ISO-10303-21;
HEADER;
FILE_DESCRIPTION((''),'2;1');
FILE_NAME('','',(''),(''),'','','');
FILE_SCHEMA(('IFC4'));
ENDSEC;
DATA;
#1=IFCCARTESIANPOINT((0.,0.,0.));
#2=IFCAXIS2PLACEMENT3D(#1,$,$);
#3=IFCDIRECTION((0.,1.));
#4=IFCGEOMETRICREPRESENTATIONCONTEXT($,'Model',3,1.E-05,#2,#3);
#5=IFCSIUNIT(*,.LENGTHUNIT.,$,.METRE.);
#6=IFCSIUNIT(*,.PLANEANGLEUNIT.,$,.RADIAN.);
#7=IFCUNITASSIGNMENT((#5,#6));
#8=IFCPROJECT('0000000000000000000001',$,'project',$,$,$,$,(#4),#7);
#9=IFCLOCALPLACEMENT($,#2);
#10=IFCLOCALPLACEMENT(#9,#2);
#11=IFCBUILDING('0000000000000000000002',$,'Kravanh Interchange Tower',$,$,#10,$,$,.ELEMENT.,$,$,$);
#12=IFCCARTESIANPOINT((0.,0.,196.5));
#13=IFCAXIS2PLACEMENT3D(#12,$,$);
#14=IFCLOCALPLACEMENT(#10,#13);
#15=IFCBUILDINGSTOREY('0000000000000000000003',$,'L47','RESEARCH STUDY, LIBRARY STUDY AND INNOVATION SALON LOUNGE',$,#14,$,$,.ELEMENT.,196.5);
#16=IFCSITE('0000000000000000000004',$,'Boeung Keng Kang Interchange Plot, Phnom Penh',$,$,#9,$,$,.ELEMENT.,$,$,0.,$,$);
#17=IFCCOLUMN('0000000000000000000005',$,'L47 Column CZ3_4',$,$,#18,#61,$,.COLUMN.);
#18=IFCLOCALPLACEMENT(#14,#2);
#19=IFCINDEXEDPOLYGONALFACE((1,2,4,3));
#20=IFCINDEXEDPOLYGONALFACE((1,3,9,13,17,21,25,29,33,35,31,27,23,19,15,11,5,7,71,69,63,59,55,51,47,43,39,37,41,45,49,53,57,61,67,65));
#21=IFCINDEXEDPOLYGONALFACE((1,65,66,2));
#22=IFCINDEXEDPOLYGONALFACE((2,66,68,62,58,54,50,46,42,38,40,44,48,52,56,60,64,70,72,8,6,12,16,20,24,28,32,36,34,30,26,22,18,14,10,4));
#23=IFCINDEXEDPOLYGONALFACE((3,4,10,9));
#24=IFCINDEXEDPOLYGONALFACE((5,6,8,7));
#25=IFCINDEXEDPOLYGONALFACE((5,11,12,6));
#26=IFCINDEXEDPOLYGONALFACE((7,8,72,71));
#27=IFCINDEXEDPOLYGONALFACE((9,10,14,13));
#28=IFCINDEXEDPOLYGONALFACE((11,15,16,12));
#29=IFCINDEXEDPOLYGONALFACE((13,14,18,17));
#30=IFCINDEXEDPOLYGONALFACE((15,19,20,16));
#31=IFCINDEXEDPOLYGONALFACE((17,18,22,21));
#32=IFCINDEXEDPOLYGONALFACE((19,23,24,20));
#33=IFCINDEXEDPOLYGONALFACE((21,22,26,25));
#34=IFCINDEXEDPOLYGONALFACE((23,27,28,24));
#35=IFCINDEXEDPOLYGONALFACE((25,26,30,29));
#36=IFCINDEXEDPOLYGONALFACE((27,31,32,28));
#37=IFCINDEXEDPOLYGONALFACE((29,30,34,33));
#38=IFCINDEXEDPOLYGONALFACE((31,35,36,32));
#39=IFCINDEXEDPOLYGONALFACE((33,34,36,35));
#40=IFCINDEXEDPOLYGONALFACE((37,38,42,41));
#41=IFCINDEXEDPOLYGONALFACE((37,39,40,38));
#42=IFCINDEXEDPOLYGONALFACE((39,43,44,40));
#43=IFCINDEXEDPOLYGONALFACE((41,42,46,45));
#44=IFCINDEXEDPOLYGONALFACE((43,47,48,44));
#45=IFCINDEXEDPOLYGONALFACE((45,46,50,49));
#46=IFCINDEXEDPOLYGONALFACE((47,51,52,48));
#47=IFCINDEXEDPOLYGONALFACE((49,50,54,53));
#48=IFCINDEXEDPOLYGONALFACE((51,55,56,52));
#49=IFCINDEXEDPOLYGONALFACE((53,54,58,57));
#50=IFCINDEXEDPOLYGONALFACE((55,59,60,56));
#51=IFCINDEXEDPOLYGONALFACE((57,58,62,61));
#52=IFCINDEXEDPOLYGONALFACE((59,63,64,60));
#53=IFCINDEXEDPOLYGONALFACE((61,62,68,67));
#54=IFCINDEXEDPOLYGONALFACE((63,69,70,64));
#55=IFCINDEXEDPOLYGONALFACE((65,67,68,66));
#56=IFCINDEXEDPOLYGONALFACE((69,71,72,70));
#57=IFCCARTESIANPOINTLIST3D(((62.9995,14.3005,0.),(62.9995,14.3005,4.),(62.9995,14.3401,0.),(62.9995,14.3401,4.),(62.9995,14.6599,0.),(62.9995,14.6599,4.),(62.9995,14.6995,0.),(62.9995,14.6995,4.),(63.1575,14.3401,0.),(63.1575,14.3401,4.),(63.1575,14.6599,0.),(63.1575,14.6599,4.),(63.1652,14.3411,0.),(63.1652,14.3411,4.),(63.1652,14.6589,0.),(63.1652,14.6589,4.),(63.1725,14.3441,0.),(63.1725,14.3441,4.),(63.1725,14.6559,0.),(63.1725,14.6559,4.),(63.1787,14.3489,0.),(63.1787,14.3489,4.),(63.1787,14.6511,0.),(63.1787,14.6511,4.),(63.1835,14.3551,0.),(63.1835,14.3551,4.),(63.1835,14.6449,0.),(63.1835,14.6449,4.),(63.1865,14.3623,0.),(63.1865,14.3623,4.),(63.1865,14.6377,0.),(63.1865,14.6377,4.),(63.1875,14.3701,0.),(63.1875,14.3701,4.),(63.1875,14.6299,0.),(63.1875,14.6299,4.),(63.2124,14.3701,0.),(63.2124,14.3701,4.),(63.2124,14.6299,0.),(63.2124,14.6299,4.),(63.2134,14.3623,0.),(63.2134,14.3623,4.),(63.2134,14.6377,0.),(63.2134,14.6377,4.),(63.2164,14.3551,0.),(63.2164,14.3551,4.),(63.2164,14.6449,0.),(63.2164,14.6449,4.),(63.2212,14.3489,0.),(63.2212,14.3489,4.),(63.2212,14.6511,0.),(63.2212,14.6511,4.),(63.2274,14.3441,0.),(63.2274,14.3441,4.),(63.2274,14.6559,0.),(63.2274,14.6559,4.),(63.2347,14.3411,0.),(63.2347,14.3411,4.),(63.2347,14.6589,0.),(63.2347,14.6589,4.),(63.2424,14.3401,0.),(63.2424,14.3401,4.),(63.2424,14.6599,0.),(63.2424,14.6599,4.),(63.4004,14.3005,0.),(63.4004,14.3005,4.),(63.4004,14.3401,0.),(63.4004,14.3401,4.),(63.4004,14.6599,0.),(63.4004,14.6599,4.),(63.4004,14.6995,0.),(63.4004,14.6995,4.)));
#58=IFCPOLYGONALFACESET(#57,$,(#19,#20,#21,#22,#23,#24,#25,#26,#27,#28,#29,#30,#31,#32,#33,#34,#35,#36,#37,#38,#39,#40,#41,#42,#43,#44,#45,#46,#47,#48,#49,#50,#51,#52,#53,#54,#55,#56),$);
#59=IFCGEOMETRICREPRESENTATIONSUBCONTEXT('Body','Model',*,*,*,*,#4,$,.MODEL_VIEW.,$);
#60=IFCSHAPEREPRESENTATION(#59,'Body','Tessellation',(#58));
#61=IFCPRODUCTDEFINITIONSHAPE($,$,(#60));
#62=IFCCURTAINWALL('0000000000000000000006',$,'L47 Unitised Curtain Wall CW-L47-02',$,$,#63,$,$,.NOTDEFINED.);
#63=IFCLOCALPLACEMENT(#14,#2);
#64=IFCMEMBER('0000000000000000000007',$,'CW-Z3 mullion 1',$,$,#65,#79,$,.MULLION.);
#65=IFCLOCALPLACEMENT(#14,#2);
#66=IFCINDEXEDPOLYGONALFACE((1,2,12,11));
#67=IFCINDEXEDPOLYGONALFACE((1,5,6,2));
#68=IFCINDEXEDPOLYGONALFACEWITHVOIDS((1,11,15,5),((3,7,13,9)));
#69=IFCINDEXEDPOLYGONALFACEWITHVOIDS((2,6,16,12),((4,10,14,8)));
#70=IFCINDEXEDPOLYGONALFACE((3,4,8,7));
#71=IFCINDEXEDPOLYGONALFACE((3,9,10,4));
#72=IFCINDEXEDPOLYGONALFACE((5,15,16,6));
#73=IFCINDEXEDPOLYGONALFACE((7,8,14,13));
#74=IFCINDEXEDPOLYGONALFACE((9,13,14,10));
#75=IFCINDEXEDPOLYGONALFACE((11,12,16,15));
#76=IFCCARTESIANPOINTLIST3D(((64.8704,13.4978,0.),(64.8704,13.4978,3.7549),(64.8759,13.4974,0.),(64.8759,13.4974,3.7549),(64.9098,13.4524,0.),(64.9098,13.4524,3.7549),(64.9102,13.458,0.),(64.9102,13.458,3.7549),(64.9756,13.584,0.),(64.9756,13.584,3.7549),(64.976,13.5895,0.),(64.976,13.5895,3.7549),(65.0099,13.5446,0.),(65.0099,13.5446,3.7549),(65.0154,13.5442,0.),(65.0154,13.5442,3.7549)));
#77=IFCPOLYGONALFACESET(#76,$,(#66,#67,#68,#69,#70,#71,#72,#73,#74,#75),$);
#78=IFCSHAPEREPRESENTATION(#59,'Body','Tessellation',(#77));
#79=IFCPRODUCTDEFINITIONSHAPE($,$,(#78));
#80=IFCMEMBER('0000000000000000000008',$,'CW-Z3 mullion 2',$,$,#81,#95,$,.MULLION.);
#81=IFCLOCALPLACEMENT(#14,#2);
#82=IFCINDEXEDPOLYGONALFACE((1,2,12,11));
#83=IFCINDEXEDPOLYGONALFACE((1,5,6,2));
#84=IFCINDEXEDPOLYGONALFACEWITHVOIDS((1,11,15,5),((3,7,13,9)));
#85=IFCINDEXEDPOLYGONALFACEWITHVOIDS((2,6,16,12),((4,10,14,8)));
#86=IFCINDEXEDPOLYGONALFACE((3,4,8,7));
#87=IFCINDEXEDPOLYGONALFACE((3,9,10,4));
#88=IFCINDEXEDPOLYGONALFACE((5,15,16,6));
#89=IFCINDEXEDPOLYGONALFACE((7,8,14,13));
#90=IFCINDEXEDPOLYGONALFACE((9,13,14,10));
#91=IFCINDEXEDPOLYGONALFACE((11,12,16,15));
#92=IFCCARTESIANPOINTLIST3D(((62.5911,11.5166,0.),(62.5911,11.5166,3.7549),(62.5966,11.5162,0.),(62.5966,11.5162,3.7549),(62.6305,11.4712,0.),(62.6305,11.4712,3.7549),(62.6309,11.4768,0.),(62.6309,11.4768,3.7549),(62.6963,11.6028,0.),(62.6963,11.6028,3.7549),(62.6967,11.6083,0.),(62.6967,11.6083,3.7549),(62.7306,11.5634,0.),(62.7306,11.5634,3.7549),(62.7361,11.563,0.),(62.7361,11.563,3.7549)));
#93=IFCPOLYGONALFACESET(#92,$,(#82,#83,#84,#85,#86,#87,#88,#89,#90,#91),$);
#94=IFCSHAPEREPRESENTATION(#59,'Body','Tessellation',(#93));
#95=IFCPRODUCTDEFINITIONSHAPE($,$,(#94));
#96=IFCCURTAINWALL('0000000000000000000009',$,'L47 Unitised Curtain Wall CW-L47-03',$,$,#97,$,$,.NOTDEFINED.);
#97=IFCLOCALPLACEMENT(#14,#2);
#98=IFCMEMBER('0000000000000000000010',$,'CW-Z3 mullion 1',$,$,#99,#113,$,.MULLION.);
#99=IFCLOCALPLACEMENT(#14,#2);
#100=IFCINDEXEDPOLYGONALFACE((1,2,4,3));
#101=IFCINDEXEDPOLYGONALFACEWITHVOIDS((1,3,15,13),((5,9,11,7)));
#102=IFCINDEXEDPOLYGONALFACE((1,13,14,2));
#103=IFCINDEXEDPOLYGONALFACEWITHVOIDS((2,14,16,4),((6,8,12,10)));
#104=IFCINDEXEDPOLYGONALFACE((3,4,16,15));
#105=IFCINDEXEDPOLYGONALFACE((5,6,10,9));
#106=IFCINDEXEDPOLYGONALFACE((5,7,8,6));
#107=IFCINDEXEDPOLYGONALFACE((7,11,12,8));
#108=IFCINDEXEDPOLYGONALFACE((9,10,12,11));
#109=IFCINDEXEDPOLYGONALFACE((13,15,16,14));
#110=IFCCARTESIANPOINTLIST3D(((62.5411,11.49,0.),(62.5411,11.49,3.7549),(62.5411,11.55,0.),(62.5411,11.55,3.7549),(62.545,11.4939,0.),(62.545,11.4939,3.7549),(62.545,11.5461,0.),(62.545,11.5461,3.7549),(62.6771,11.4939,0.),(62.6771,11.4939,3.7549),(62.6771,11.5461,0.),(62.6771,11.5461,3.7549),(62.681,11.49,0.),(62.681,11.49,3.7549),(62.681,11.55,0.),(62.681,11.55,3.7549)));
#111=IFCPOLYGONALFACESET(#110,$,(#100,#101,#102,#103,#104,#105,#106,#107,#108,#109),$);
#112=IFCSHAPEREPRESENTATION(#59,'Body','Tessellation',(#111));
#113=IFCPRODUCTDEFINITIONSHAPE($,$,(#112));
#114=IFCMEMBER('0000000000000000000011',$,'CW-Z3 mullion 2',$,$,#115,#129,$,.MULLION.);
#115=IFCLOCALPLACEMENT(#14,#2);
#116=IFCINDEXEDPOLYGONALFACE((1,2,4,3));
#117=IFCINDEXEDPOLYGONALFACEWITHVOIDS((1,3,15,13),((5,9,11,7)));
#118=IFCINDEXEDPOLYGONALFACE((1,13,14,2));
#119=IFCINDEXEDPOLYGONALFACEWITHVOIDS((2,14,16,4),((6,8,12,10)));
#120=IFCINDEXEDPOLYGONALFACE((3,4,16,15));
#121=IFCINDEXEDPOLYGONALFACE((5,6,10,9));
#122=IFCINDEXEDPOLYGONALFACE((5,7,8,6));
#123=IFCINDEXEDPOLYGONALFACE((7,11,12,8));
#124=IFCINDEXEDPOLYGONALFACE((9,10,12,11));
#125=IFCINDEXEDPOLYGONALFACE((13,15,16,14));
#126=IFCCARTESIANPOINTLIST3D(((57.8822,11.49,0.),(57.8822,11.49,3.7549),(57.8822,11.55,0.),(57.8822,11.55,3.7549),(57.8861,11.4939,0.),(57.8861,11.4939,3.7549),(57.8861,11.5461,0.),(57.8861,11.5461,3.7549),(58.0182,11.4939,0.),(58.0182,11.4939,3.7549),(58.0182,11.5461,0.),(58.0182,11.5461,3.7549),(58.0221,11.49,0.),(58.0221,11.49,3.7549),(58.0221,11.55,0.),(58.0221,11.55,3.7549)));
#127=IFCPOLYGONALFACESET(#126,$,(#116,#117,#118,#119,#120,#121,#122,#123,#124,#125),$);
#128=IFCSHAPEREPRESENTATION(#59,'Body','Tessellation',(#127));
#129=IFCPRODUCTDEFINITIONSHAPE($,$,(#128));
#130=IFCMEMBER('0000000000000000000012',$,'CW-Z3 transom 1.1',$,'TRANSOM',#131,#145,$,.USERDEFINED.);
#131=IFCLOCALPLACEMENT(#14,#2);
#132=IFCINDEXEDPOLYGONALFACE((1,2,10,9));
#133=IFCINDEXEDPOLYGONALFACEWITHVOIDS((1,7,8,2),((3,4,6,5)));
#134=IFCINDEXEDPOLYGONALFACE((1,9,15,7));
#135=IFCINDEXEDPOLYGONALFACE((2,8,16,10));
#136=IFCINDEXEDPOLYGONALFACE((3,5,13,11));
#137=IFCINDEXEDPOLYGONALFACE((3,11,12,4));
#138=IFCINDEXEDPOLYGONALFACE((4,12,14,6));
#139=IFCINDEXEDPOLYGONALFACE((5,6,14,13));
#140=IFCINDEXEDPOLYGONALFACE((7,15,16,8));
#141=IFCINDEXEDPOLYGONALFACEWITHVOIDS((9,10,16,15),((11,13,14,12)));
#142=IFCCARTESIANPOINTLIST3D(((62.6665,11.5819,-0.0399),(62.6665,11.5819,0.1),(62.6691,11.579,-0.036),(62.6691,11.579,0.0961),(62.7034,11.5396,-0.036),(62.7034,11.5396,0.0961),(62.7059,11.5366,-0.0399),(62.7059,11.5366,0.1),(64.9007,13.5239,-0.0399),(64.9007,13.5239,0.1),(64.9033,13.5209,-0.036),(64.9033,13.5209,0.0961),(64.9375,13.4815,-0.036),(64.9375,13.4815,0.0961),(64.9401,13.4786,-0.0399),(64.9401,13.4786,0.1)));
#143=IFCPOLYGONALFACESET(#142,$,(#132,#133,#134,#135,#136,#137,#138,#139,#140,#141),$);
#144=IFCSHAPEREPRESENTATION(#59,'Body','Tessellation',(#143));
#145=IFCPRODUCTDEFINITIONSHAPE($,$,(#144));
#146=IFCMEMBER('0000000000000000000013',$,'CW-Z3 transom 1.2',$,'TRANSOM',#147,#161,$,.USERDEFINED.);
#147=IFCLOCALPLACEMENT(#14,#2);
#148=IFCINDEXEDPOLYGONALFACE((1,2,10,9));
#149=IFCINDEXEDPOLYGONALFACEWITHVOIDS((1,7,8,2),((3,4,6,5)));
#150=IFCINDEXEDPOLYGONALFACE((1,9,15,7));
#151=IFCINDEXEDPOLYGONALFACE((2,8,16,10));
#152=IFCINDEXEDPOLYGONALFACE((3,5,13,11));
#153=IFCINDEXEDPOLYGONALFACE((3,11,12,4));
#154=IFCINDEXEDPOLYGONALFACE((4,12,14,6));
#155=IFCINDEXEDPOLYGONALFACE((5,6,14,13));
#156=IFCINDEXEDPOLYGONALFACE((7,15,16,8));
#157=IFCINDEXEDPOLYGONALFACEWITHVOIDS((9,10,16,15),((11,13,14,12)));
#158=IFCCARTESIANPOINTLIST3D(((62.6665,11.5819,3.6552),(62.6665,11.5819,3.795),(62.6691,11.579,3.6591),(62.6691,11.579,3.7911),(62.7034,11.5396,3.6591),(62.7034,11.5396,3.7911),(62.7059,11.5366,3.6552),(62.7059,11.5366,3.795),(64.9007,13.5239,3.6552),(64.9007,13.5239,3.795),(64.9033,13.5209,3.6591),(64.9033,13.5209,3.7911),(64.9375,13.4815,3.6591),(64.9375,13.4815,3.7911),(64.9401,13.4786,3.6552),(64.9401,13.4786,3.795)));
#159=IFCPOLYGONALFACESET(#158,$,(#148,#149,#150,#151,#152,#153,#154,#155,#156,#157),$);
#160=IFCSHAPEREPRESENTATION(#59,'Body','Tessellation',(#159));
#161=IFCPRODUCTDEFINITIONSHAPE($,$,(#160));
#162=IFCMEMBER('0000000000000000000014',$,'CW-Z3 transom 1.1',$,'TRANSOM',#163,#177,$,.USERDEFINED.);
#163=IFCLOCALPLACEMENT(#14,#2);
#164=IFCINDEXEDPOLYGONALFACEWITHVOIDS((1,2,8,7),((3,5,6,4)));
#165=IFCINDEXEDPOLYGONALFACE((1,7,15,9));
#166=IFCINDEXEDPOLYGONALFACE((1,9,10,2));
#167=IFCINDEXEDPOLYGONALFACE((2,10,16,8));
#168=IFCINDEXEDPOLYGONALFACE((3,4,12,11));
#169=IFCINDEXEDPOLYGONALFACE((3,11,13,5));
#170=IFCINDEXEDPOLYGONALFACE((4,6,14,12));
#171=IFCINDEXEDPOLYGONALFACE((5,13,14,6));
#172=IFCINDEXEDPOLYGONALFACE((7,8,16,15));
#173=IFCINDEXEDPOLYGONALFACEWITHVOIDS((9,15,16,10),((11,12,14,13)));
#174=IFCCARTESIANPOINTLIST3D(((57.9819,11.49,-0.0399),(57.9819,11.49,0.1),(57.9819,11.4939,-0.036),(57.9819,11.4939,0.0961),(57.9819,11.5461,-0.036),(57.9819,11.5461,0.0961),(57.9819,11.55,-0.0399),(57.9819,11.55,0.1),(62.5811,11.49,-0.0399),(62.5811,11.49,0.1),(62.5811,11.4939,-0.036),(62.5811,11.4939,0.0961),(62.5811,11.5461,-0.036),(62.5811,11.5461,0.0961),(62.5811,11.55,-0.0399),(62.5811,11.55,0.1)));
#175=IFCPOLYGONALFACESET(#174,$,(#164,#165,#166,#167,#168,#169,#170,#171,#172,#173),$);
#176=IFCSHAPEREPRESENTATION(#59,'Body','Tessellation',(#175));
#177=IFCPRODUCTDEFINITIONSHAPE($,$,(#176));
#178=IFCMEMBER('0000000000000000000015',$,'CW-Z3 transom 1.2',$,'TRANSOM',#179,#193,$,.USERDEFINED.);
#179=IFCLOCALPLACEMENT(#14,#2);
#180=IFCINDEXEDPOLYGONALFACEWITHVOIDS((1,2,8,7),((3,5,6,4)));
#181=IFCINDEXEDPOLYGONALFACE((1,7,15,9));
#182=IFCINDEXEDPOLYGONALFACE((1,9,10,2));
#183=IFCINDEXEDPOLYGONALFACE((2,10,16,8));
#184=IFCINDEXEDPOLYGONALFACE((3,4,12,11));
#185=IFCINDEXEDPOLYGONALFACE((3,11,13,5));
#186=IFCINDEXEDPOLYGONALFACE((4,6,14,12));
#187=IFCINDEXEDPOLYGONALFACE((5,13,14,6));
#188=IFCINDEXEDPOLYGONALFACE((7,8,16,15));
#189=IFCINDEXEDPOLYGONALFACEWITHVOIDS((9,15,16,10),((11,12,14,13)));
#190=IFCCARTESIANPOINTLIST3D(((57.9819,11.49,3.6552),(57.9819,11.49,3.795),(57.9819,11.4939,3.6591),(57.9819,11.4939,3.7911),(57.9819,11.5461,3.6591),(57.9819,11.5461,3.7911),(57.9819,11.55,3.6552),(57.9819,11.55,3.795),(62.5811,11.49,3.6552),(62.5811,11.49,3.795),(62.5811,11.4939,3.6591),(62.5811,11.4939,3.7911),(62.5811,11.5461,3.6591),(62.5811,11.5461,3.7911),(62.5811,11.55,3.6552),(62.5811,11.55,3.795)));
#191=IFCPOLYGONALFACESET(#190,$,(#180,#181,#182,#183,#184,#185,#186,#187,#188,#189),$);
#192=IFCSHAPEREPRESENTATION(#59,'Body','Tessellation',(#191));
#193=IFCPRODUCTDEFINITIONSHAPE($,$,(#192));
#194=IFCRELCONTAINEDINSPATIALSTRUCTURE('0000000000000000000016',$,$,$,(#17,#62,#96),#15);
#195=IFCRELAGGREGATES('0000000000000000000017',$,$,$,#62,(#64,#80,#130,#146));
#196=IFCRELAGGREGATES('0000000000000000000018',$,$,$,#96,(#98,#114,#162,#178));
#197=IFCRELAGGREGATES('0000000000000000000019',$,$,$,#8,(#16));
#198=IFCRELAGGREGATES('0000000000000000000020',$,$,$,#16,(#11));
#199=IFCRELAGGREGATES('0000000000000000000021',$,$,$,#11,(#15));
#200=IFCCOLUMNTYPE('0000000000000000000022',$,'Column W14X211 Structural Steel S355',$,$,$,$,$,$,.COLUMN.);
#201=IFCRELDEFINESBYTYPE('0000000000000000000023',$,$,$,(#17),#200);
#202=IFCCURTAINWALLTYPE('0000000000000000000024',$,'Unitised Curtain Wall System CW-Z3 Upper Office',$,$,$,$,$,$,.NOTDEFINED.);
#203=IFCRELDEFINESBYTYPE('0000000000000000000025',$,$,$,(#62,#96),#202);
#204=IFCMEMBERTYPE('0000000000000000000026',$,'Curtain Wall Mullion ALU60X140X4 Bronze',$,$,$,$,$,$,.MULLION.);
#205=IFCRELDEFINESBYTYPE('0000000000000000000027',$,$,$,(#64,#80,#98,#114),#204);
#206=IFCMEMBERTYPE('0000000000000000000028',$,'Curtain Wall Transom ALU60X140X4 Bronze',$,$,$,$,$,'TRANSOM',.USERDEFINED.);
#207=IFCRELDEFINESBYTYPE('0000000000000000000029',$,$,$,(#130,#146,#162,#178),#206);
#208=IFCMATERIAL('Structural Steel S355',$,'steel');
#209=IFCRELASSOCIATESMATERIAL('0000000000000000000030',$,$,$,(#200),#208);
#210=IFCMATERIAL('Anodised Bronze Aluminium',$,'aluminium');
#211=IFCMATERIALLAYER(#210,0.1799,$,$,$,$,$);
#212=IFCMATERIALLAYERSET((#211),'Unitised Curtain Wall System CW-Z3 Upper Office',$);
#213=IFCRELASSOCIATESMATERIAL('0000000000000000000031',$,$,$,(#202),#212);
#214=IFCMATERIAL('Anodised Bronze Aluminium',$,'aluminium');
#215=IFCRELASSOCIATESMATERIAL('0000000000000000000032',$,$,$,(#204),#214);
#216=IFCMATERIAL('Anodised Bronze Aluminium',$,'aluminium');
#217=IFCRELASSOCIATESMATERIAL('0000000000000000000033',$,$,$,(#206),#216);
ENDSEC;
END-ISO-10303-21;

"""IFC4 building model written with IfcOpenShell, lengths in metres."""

from ifc_helpers import new_model, si_unit, direction, frame, origin, origin_2d, place, context, subcontext, project, spatial, hollow_rectangle, i_section, extrude, material, layer, layer_set, material_profile, profile_set, type_object, element, aggregate, save


model = new_model("IFC4")

# Units and contexts
model_context = context("Model", 3, precision=1e-05, world=origin(), true_north=direction((0.0, 1.0)))
body_context = subcontext(model_context, "Body", "Model", "MODEL_VIEW")
ifc_project = project(units=[si_unit("LENGTHUNIT", "METRE"), si_unit("PLANEANGLEUNIT", "RADIAN")], contexts=[model_context])

# Site, building, storey
site_placement = place(None, origin())
site = spatial("IfcSite", under=ifc_project, at=site_placement, Name="Boeung Keng Kang Interchange Plot, Phnom Penh", CompositionType="ELEMENT", RefElevation=0.0)
building_placement = place(site_placement, origin())
building = spatial("IfcBuilding", under=site, at=building_placement, Name="Kravanh Interchange Tower", CompositionType="ELEMENT")
storey_placement = place(building_placement, frame((0.0, 0.0, 196.5)))
storey = spatial("IfcBuildingStorey", under=building, at=storey_placement, Name="L47", Description="RESEARCH STUDY, LIBRARY STUDY AND INNOVATION SALON LOUNGE", CompositionType="ELEMENT", Elevation=196.5)

# Column
ifc_material_1 = material(Name="Structural Steel S355", Category="steel")
ifc_material_profile_1 = material_profile(ifc_material_1, i_section(OverallWidth=0.4009, OverallDepth=0.3989, WebThickness=0.0249, FlangeThickness=0.0396, FilletRadius=0.03, at=origin_2d()), Name="W14X211")
ifc_profile_set_1 = profile_set([ifc_material_profile_1], Name="Structural Steel S355")
column_type = type_object("IfcColumnType", Name="Column W14X211 Structural Steel S355", PredefinedType="COLUMN", material=ifc_profile_set_1)
column_placement = place(storey_placement, frame((63.2, 14.5, 0.0), z_axis=(0.0, 0.0, 1.0), x_axis=(1.0, 0.0, 0.0)))
element("IfcColumn", 1, at=column_placement, inside=storey, type_object=column_type, Name="L47 Column CZ3_4", PredefinedType="COLUMN", context=body_context, shape_type="SweptSolid", body=[
    extrude(i_section(OverallWidth=0.4009, OverallDepth=0.3989, WebThickness=0.0249, FlangeThickness=0.0396, FilletRadius=0.03, at=origin_2d()), origin(), (0.0, 0.0, 1.0), 4.0),
])

# Curtain walls, members
ifc_material_2 = material(Name="Anodised Bronze Aluminium", Category="aluminium")
ifc_layer_1 = layer(ifc_material_2, 0.1799)
ifc_layer_set_1 = layer_set([ifc_layer_1], Name="Unitised Curtain Wall System CW-Z3 Upper Office")
curtain_wall_type = type_object("IfcCurtainWallType", Name="Unitised Curtain Wall System CW-Z3 Upper Office", PredefinedType="NOTDEFINED", material=ifc_layer_set_1)
curtain_wall_1_placement = place(storey_placement, origin())
curtain_wall_1 = element("IfcCurtainWall", 2, at=curtain_wall_1_placement, inside=storey, type_object=curtain_wall_type, Name="L47 Unitised Curtain Wall CW-L47-02", PredefinedType="NOTDEFINED")
ifc_material_3 = material(Name="Anodised Bronze Aluminium", Category="aluminium")
ifc_material_profile_2 = material_profile(ifc_material_3, hollow_rectangle(XDim=0.0601, YDim=0.1399, WallThickness=0.0039, at=origin_2d()), Name="ALU60X140X4")
ifc_profile_set_2 = profile_set([ifc_material_profile_2], Name="Anodised Bronze Aluminium")
member_type_1 = type_object("IfcMemberType", Name="Curtain Wall Mullion ALU60X140X4 Bronze", PredefinedType="MULLION", material=ifc_profile_set_2)
member_1_placement = place(storey_placement, frame((64.9429, 13.521, 0.0), z_axis=(0.0, 0.0, 1.0), x_axis=(0.656051, -0.754717, 0.0)))
member_1 = element("IfcMember", 3, at=member_1_placement, type_object=member_type_1, Name="CW-Z3 mullion 1", PredefinedType="MULLION", context=body_context, shape_type="SweptSolid", body=[
    extrude(hollow_rectangle(XDim=0.0601, YDim=0.1399, WallThickness=0.0039, at=origin_2d()), origin(), (0.0, 0.0, 1.0), 3.7549),
])
member_2_placement = place(storey_placement, frame((62.6636, 11.5398, 0.0), z_axis=(0.0, 0.0, 1.0), x_axis=(0.656051, -0.754717, 0.0)))
member_2 = element("IfcMember", 4, at=member_2_placement, type_object=member_type_1, Name="CW-Z3 mullion 2", PredefinedType="MULLION", context=body_context, shape_type="SweptSolid", body=[
    extrude(hollow_rectangle(XDim=0.0601, YDim=0.1399, WallThickness=0.0039, at=origin_2d()), origin(), (0.0, 0.0, 1.0), 3.7549),
])
curtain_wall_2_placement = place(storey_placement, origin())
curtain_wall_2 = element("IfcCurtainWall", 5, at=curtain_wall_2_placement, inside=storey, type_object=curtain_wall_type, Name="L47 Unitised Curtain Wall CW-L47-03", PredefinedType="NOTDEFINED")
member_3_placement = place(storey_placement, frame((62.6111, 11.52, 0.0), z_axis=(0.0, 0.0, 1.0), x_axis=(0.0, -1.0, 0.0)))
member_3 = element("IfcMember", 6, at=member_3_placement, type_object=member_type_1, Name="CW-Z3 mullion 1", PredefinedType="MULLION", context=body_context, shape_type="SweptSolid", body=[
    extrude(hollow_rectangle(XDim=0.0601, YDim=0.1399, WallThickness=0.0039, at=origin_2d()), origin(), (0.0, 0.0, 1.0), 3.7549),
])
member_4_placement = place(storey_placement, frame((57.9521, 11.52, 0.0), z_axis=(0.0, 0.0, 1.0), x_axis=(0.0, -1.0, 0.0)))
member_4 = element("IfcMember", 7, at=member_4_placement, type_object=member_type_1, Name="CW-Z3 mullion 2", PredefinedType="MULLION", context=body_context, shape_type="SweptSolid", body=[
    extrude(hollow_rectangle(XDim=0.0601, YDim=0.1399, WallThickness=0.0039, at=origin_2d()), origin(), (0.0, 0.0, 1.0), 3.7549),
])

# Members
ifc_material_4 = material(Name="Anodised Bronze Aluminium", Category="aluminium")
ifc_material_profile_3 = material_profile(ifc_material_4, hollow_rectangle(XDim=0.0601, YDim=0.1399, WallThickness=0.0039, at=origin_2d()), Name="ALU60X140X4")
ifc_profile_set_3 = profile_set([ifc_material_profile_3], Name="Anodised Bronze Aluminium")
member_type_2 = type_object("IfcMemberType", Name="Curtain Wall Transom ALU60X140X4 Bronze", ElementType="TRANSOM", PredefinedType="USERDEFINED", material=ifc_profile_set_3)
member_5_placement = place(storey_placement, frame((64.9204, 13.5012, 0.03), z_axis=(-0.754744, -0.656019, 0.0), x_axis=(0.656019, -0.754744, 0.0)))
member_5 = element("IfcMember", 8, at=member_5_placement, type_object=member_type_2, Name="CW-Z3 transom 1.1", ObjectType="TRANSOM", PredefinedType="USERDEFINED", context=body_context, shape_type="SweptSolid", body=[
    extrude(hollow_rectangle(XDim=0.0601, YDim=0.1399, WallThickness=0.0039, at=origin_2d()), origin(), (0.0, 0.0, 1.0), 2.9602),
])
member_6_placement = place(storey_placement, frame((64.9204, 13.5012, 3.7251), z_axis=(-0.754744, -0.656019, 0.0), x_axis=(0.656019, -0.754744, 0.0)))
member_6 = element("IfcMember", 9, at=member_6_placement, type_object=member_type_2, Name="CW-Z3 transom 1.2", ObjectType="TRANSOM", PredefinedType="USERDEFINED", context=body_context, shape_type="SweptSolid", body=[
    extrude(hollow_rectangle(XDim=0.0601, YDim=0.1399, WallThickness=0.0039, at=origin_2d()), origin(), (0.0, 0.0, 1.0), 2.9602),
])
member_7_placement = place(storey_placement, frame((62.5811, 11.52, 0.03), z_axis=(-1.0, 0.0, 0.0), x_axis=(0.0, -1.0, 0.0)))
member_7 = element("IfcMember", 10, at=member_7_placement, type_object=member_type_2, Name="CW-Z3 transom 1.1", ObjectType="TRANSOM", PredefinedType="USERDEFINED", context=body_context, shape_type="SweptSolid", body=[
    extrude(hollow_rectangle(XDim=0.0601, YDim=0.1399, WallThickness=0.0039, at=origin_2d()), origin(), (0.0, 0.0, 1.0), 4.5991),
])
member_8_placement = place(storey_placement, frame((62.5811, 11.52, 3.7251), z_axis=(-1.0, 0.0, 0.0), x_axis=(0.0, -1.0, 0.0)))
member_8 = element("IfcMember", 11, at=member_8_placement, type_object=member_type_2, Name="CW-Z3 transom 1.2", ObjectType="TRANSOM", PredefinedType="USERDEFINED", context=body_context, shape_type="SweptSolid", body=[
    extrude(hollow_rectangle(XDim=0.0601, YDim=0.1399, WallThickness=0.0039, at=origin_2d()), origin(), (0.0, 0.0, 1.0), 4.5991),
])

aggregate(curtain_wall_1, [member_1, member_2, member_5, member_6])
aggregate(curtain_wall_2, [member_3, member_4, member_7, member_8])

save(model, "model.ifc")
